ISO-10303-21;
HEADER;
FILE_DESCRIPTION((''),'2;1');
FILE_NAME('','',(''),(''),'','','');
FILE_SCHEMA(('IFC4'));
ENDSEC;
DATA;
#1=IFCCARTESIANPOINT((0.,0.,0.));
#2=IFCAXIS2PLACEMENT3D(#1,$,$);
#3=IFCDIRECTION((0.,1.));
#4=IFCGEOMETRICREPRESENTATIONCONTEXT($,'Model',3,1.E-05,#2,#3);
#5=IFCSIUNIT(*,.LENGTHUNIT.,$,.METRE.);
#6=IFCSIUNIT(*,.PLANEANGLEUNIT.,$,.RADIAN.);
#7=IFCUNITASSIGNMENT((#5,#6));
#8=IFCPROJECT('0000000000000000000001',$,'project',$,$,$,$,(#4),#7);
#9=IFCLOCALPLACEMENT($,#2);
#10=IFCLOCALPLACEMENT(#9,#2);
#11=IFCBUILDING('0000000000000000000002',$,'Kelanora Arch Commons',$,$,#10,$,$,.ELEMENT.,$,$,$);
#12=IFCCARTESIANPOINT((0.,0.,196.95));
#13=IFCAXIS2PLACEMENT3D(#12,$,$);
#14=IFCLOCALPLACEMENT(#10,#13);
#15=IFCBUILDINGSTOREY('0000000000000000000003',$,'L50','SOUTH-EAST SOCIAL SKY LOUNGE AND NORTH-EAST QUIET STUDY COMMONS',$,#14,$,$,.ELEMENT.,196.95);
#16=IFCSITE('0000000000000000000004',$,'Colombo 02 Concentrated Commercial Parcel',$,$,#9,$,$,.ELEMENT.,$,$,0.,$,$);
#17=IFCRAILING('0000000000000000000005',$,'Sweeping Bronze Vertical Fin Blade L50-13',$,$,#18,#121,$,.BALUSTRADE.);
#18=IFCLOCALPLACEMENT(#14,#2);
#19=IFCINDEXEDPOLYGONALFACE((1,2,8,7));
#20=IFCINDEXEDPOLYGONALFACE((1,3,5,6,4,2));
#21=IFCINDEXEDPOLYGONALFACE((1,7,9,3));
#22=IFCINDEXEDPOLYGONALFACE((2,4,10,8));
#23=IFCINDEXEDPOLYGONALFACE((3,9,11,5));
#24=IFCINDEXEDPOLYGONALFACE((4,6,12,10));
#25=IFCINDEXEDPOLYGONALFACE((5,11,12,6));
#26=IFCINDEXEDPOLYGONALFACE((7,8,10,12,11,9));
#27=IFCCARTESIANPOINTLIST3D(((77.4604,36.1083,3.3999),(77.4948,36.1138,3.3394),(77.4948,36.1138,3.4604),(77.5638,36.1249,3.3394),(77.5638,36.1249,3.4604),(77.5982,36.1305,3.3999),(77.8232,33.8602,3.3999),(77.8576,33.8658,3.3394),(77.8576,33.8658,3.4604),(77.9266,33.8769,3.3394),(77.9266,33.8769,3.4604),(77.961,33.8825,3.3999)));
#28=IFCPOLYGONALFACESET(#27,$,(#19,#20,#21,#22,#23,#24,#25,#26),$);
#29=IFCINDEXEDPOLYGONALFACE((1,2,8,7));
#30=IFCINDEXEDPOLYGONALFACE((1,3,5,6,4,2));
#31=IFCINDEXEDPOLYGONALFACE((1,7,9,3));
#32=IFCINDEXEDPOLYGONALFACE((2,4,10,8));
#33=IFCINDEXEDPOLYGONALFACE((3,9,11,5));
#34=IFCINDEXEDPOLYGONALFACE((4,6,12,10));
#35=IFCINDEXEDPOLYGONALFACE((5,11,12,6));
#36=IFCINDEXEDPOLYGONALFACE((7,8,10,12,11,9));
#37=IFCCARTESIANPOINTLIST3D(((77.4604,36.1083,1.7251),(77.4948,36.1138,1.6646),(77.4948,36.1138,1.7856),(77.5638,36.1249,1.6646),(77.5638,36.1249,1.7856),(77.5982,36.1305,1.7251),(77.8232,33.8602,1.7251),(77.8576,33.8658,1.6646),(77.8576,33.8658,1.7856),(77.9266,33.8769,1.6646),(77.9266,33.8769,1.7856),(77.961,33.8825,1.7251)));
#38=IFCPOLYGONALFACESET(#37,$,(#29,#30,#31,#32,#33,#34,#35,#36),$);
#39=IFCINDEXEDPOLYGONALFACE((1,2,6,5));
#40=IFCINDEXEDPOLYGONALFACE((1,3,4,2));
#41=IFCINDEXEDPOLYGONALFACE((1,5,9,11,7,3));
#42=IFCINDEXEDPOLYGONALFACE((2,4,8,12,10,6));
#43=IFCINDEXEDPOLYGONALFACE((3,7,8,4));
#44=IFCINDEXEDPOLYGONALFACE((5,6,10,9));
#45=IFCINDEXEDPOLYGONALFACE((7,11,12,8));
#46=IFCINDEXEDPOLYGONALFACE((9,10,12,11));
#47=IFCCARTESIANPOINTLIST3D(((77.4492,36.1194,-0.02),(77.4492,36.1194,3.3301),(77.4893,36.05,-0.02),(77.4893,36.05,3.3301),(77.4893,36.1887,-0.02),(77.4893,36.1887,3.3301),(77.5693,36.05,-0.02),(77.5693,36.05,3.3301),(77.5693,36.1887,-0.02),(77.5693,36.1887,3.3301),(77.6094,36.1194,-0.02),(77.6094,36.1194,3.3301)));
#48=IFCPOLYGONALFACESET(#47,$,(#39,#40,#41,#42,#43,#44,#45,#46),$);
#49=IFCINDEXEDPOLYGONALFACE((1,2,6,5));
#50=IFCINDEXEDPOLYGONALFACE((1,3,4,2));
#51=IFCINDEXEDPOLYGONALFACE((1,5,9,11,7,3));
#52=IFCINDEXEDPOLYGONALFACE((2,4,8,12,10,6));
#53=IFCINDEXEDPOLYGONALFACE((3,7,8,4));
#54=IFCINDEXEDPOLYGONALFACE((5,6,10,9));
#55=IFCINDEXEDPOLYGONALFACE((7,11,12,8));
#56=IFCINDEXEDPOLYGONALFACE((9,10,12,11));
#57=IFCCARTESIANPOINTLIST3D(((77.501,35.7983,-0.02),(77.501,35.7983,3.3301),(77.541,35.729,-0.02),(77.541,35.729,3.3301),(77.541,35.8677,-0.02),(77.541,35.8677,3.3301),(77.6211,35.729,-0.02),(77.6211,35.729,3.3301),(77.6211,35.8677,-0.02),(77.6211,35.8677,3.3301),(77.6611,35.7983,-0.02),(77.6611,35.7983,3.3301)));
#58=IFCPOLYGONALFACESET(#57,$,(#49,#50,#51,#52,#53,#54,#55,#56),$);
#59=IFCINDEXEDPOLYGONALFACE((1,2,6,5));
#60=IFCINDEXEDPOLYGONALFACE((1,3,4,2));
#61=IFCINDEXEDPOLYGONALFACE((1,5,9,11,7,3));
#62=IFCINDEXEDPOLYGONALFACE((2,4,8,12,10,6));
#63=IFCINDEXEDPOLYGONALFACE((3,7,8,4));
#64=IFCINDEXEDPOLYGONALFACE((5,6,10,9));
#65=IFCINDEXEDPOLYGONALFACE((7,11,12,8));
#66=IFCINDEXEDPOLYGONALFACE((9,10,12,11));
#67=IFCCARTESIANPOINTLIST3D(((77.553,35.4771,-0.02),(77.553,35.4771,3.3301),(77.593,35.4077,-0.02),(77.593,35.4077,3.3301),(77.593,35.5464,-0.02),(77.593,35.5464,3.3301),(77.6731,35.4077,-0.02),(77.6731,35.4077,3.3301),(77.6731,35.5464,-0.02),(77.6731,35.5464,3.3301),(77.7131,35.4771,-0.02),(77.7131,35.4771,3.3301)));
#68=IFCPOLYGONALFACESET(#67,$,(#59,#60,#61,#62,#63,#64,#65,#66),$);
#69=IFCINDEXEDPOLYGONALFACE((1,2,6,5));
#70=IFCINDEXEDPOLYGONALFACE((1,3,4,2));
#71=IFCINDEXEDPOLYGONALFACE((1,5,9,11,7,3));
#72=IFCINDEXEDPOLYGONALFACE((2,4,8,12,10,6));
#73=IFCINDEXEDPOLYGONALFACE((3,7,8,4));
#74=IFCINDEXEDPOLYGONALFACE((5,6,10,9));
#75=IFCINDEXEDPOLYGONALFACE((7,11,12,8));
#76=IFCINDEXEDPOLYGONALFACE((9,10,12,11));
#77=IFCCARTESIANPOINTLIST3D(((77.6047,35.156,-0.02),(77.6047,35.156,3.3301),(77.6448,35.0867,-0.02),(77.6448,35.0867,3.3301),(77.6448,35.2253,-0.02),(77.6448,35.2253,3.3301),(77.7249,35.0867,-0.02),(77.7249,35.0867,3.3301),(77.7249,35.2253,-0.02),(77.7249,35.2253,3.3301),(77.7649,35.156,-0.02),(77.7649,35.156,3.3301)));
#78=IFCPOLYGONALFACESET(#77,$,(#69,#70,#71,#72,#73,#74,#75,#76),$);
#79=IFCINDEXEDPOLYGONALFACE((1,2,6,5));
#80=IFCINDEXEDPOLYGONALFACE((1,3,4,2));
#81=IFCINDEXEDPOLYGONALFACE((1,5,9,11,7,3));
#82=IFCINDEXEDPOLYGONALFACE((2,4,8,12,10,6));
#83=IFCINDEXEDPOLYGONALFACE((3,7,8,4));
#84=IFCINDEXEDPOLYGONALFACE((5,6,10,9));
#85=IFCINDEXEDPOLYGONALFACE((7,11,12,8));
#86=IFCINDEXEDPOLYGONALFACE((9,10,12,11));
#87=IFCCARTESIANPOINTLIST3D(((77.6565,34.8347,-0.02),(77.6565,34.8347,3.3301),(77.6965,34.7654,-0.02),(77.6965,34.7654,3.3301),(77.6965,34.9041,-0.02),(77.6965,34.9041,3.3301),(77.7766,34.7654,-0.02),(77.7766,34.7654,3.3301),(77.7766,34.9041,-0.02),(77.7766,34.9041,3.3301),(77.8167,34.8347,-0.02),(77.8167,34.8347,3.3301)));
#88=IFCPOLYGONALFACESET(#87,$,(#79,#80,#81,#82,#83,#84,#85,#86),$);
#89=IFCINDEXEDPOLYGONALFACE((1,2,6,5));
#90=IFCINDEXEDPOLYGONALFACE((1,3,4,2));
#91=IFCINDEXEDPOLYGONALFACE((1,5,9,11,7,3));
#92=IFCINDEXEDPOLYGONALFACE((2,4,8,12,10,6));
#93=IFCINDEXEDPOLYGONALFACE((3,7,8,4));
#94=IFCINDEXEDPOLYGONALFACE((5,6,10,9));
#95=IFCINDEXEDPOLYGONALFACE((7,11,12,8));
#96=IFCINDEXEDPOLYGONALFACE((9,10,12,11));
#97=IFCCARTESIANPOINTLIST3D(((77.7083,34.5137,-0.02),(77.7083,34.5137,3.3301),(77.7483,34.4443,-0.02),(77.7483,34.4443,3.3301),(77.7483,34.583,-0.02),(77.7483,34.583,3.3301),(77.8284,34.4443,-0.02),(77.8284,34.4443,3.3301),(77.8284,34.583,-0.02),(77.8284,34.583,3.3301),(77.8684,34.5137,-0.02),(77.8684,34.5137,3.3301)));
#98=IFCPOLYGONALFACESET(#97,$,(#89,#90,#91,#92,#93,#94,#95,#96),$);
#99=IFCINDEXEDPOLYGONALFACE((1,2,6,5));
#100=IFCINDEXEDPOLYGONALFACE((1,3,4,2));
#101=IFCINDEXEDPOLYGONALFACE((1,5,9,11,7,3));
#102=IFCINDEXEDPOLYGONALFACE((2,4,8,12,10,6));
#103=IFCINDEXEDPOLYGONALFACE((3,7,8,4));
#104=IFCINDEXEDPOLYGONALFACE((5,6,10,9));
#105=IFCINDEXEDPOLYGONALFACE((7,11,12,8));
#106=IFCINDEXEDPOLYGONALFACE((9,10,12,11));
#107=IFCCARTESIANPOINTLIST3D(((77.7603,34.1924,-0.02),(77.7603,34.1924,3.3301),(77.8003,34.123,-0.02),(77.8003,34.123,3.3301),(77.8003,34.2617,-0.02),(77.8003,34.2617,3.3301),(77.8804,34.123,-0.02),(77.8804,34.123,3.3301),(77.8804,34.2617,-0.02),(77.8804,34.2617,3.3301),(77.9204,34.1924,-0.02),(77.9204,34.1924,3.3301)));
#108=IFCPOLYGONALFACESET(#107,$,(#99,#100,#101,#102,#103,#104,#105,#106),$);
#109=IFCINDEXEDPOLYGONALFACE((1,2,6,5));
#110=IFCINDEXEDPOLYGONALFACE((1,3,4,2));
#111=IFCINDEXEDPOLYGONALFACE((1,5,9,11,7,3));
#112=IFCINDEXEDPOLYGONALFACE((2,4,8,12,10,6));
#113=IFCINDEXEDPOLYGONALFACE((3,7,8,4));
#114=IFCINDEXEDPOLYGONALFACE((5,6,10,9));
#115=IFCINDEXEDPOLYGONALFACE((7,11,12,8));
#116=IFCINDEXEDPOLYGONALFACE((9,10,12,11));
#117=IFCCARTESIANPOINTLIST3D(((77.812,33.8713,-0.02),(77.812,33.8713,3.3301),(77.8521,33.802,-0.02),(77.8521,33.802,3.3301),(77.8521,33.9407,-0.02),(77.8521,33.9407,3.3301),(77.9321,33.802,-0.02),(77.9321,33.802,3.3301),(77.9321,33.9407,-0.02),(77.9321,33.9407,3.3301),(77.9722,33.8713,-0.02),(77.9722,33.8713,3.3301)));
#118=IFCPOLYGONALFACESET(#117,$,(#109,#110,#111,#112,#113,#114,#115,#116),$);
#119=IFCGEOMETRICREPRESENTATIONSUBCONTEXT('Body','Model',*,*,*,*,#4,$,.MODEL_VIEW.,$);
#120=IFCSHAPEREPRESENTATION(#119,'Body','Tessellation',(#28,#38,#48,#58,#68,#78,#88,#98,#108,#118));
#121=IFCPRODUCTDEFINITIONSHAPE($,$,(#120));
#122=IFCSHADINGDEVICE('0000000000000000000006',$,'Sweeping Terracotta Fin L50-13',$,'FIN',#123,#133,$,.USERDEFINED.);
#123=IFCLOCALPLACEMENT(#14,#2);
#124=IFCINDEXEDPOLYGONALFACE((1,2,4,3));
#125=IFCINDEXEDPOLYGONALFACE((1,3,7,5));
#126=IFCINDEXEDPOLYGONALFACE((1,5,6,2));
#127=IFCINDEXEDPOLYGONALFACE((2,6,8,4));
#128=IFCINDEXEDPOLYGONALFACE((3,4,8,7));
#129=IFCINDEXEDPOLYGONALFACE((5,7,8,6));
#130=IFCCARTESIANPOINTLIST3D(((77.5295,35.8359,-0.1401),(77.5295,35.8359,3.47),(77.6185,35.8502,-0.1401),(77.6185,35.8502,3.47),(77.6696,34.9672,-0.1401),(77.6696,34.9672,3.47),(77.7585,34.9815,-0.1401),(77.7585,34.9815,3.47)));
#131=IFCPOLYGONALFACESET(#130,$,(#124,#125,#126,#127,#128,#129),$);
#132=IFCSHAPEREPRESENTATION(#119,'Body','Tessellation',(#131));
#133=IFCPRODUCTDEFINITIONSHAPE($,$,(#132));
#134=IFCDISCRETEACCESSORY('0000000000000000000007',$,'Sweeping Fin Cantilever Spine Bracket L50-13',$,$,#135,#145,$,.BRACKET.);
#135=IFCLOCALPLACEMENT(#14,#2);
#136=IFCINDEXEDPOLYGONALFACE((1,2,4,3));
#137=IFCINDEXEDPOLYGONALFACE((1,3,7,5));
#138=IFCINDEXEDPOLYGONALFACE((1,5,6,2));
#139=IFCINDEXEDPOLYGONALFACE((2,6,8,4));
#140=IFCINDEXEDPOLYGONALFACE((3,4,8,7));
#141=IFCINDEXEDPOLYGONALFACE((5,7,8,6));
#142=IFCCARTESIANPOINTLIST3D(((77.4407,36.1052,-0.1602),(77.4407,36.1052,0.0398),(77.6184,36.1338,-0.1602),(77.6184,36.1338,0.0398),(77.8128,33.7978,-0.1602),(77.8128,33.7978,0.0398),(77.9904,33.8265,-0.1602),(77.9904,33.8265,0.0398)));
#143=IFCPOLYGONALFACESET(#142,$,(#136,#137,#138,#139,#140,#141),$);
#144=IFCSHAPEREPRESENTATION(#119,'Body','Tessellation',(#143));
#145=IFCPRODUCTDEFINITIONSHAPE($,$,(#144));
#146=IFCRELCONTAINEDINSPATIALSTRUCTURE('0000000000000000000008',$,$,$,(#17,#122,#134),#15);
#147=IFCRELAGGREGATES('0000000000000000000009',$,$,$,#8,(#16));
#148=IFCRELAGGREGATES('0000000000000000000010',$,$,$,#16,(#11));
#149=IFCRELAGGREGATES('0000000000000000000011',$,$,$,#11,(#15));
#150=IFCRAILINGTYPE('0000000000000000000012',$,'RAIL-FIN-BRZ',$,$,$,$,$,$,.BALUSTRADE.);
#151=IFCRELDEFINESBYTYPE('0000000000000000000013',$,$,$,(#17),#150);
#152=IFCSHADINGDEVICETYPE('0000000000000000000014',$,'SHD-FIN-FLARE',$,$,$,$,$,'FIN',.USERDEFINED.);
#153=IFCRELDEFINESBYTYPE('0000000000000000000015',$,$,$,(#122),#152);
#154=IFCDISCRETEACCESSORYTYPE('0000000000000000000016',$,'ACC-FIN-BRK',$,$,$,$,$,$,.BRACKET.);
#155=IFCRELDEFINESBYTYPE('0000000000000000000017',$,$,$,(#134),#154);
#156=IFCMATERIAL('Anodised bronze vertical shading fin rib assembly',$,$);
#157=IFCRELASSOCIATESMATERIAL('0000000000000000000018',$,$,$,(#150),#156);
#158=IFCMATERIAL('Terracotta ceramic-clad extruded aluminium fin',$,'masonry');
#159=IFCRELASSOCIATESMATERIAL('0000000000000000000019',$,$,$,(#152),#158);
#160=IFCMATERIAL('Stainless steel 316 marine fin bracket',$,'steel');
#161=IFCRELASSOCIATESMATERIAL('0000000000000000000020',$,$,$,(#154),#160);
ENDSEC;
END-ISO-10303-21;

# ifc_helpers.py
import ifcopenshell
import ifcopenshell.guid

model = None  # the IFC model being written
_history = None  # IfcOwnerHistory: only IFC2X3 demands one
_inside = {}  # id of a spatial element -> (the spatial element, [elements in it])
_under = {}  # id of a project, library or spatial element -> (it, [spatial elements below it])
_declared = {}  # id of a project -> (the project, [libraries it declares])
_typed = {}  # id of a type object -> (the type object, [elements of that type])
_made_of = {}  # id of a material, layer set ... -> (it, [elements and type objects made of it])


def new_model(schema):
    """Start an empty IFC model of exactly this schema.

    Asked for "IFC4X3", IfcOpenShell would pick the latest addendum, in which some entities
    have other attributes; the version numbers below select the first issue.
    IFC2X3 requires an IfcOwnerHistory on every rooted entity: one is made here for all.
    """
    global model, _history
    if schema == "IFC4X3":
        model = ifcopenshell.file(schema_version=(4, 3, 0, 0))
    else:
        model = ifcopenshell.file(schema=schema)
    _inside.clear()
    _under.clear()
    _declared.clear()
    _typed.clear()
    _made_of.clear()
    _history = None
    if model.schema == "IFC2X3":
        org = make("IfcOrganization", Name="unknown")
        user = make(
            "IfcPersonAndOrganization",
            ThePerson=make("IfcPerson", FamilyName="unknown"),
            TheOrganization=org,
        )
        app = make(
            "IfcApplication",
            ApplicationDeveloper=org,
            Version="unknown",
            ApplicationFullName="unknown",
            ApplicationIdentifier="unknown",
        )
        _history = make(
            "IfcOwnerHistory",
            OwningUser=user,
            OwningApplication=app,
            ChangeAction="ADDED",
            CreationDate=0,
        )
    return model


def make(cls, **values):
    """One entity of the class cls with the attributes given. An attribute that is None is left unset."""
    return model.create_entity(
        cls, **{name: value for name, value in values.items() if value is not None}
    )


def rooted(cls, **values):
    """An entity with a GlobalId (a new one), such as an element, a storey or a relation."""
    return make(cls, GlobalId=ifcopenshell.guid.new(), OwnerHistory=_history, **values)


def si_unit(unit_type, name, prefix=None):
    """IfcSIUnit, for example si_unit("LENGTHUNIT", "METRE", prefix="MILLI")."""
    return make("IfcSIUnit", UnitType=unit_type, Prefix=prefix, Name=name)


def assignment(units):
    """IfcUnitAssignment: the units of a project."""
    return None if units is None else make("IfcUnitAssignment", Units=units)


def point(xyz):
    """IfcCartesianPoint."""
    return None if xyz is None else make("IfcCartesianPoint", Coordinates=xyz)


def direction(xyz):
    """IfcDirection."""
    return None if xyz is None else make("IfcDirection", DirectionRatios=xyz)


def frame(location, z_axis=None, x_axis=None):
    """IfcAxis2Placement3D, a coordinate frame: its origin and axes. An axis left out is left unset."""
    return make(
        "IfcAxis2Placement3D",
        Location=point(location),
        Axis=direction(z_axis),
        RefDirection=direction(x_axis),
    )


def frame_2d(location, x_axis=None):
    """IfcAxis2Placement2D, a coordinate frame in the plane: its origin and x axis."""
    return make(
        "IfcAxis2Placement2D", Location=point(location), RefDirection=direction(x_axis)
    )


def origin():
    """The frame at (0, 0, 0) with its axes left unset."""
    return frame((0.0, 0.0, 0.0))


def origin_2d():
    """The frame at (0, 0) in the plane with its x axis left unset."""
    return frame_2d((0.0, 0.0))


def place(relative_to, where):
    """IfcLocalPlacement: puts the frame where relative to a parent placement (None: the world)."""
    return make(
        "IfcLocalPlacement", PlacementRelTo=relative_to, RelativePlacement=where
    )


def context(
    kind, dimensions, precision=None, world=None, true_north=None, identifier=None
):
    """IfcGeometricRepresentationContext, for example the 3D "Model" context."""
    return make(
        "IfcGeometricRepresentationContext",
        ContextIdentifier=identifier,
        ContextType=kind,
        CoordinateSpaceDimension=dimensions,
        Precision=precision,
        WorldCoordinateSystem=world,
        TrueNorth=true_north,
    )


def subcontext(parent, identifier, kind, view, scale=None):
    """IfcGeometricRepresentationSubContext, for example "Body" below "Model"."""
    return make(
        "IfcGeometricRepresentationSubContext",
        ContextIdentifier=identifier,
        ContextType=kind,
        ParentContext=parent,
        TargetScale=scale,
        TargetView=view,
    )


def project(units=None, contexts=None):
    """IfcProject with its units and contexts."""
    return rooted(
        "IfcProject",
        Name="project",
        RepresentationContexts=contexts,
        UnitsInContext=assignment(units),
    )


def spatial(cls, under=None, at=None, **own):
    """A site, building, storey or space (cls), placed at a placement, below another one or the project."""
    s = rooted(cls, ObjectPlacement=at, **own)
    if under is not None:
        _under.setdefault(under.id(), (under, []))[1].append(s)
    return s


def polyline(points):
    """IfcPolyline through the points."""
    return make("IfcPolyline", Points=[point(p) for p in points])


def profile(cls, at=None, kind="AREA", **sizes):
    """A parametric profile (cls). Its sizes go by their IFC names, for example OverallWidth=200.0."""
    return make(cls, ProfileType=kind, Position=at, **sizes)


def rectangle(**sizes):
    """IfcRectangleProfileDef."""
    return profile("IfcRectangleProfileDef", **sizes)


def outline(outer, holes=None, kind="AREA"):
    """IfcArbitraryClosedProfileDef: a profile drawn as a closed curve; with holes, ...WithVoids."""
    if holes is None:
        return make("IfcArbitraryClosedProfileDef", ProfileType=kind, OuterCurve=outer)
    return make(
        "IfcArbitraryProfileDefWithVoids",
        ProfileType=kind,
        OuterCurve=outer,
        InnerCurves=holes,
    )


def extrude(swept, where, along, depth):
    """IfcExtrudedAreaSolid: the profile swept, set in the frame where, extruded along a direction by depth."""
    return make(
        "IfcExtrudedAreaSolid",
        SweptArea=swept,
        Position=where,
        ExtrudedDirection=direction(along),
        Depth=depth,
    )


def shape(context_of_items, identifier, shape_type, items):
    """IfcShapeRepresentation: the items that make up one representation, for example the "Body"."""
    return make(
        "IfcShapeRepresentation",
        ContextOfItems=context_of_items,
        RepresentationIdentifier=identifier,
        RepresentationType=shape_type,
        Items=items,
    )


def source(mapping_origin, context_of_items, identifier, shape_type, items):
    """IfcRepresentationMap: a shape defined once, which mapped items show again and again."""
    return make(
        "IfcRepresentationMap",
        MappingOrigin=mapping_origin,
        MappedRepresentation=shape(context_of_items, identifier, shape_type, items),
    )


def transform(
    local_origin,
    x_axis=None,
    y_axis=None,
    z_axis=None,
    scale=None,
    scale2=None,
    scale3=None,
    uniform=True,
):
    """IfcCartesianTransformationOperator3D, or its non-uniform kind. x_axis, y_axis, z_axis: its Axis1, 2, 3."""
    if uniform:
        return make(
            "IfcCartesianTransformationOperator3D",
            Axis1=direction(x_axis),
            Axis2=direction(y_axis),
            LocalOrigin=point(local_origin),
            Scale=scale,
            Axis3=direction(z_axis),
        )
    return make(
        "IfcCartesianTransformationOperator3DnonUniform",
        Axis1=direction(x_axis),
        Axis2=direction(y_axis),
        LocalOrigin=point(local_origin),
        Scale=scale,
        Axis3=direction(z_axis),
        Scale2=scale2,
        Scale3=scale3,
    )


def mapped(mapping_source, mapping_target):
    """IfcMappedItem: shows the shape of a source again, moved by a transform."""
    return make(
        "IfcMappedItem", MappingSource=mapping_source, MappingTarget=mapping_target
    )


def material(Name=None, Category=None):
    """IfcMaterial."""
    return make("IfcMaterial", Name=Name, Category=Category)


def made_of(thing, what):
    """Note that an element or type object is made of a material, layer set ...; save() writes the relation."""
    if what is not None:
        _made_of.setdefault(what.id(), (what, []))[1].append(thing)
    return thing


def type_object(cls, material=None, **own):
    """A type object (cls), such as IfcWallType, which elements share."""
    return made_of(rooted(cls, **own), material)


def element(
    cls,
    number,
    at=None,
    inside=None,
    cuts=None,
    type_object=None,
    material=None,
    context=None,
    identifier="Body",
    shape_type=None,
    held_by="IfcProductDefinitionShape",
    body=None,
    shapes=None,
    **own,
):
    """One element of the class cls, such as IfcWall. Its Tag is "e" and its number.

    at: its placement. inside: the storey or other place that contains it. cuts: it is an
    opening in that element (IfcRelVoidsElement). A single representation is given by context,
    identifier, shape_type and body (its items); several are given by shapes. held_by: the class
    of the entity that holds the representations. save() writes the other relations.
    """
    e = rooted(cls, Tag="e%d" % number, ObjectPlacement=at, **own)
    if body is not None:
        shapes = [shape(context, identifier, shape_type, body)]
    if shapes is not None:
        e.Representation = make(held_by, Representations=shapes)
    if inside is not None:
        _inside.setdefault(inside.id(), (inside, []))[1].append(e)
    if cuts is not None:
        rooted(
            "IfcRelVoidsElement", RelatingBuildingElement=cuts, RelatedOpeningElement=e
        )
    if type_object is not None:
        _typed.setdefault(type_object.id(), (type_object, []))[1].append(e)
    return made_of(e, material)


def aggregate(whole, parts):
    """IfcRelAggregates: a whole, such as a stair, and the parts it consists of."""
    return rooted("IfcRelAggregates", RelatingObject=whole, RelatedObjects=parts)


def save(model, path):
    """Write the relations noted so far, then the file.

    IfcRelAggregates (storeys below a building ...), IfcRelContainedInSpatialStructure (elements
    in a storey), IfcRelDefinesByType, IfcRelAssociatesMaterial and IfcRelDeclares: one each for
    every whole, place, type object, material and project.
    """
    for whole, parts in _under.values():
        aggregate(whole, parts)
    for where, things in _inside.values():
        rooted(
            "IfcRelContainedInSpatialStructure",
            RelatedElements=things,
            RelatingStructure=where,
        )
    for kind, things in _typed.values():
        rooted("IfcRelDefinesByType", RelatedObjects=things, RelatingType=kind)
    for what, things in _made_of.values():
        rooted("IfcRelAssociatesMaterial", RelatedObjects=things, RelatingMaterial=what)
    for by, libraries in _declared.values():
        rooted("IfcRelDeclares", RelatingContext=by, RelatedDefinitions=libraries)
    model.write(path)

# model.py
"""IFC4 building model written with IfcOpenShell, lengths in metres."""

from ifc_helpers import new_model, si_unit, direction, frame, origin, origin_2d, place, context, subcontext, project, spatial, polyline, rectangle, outline, extrude, source, transform, mapped, material, type_object, element, save


model = new_model("IFC4")

# Units and contexts
model_context = context("Model", 3, precision=1e-05, world=origin(), true_north=direction((0.0, 1.0)))
body_context = subcontext(model_context, "Body", "Model", "MODEL_VIEW")
ifc_project = project(units=[si_unit("LENGTHUNIT", "METRE"), si_unit("PLANEANGLEUNIT", "RADIAN")], contexts=[model_context])

# Site, building, storey
site_placement = place(None, origin())
site = spatial("IfcSite", under=ifc_project, at=site_placement, Name="Colombo 02 Concentrated Commercial Parcel", CompositionType="ELEMENT", RefElevation=0.0)
building_placement = place(site_placement, origin())
building = spatial("IfcBuilding", under=site, at=building_placement, Name="Kelanora Arch Commons", CompositionType="ELEMENT")
storey_placement = place(building_placement, frame((0.0, 0.0, 196.95)))
storey = spatial("IfcBuildingStorey", under=building, at=storey_placement, Name="L50", Description="SOUTH-EAST SOCIAL SKY LOUNGE AND NORTH-EAST QUIET STUDY COMMONS", CompositionType="ELEMENT", Elevation=196.95)

# Railing
ifc_material_1 = material(Name="Anodised bronze vertical shading fin rib assembly")
railing_type = type_object("IfcRailingType", Name="RAIL-FIN-BRZ", PredefinedType="BALUSTRADE", material=ifc_material_1)
railing_placement = place(storey_placement, frame((77.5293, 36.1194, -0.02)))
element("IfcRailing", 1, at=railing_placement, inside=storey, type_object=railing_type, Name="Sweeping Bronze Vertical Fin Blade L50-13", PredefinedType="BALUSTRADE", context=body_context, shape_type="SweptSolid", body=[
    extrude(outline(polyline([(0.0698, 0.0), (0.0349, 0.0605), (-0.0349, 0.0605), (-0.0698, 0.0), (-0.0349, -0.0605), (0.0349, -0.0605), (0.0698, 0.0)])), frame((0.0, 0.0, 3.4199), z_axis=(0.15932, -0.987227, 0.0), x_axis=(0.987227, 0.15932, 0.0)), (0.0, 0.0, 1.0), 2.2771),
    extrude(outline(polyline([(0.0698, 0.0), (0.0349, 0.0605), (-0.0349, 0.0605), (-0.0698, 0.0), (-0.0349, -0.0605), (0.0349, -0.0605), (0.0698, 0.0)])), frame((0.0, 0.0, 1.7451), z_axis=(0.15932, -0.987227, 0.0), x_axis=(0.987227, 0.15932, 0.0)), (0.0, 0.0, 1.0), 2.2771),
    extrude(outline(polyline([(0.0801, 0.0), (0.04, 0.0693), (-0.04, 0.0693), (-0.0801, 0.0), (-0.04, -0.0693), (0.04, -0.0693), (0.0801, 0.0)])), origin(), (0.0, 0.0, 1.0), 3.3501),
    extrude(outline(polyline([(0.0801, 0.0), (0.04, 0.0693), (-0.04, 0.0693), (-0.0801, 0.0), (-0.04, -0.0693), (0.04, -0.0693), (0.0801, 0.0)])), frame((0.0518, -0.321, 0.0)), (0.0, 0.0, 1.0), 3.3501),
    extrude(outline(polyline([(0.0801, 0.0), (0.04, 0.0693), (-0.04, 0.0693), (-0.0801, 0.0), (-0.04, -0.0693), (0.04, -0.0693), (0.0801, 0.0)])), frame((0.1038, -0.6423, 0.0)), (0.0, 0.0, 1.0), 3.3501),
    extrude(outline(polyline([(0.0801, 0.0), (0.04, 0.0693), (-0.04, 0.0693), (-0.0801, 0.0), (-0.04, -0.0693), (0.04, -0.0693), (0.0801, 0.0)])), frame((0.1555, -0.9634, 0.0)), (0.0, 0.0, 1.0), 3.3501),
    extrude(outline(polyline([(0.0801, 0.0), (0.04, 0.0693), (-0.04, 0.0693), (-0.0801, 0.0), (-0.04, -0.0693), (0.04, -0.0693), (0.0801, 0.0)])), frame((0.2073, -1.2847, 0.0)), (0.0, 0.0, 1.0), 3.3501),
    extrude(outline(polyline([(0.0801, 0.0), (0.04, 0.0693), (-0.04, 0.0693), (-0.0801, 0.0), (-0.04, -0.0693), (0.04, -0.0693), (0.0801, 0.0)])), frame((0.259, -1.6057, 0.0)), (0.0, 0.0, 1.0), 3.3501),
    extrude(outline(polyline([(0.0801, 0.0), (0.04, 0.0693), (-0.04, 0.0693), (-0.0801, 0.0), (-0.04, -0.0693), (0.04, -0.0693), (0.0801, 0.0)])), frame((0.311, -1.927, 0.0)), (0.0, 0.0, 1.0), 3.3501),
    extrude(outline(polyline([(0.0801, 0.0), (0.04, 0.0693), (-0.04, 0.0693), (-0.0801, 0.0), (-0.04, -0.0693), (0.04, -0.0693), (0.0801, 0.0)])), frame((0.3628, -2.248, 0.0)), (0.0, 0.0, 1.0), 3.3501),
])

# Shading device
ifc_material_2 = material(Name="Terracotta ceramic-clad extruded aluminium fin", Category="masonry")
shading_device_type = type_object("IfcShadingDeviceType", Name="SHD-FIN-FLARE", ElementType="FIN", PredefinedType="USERDEFINED", material=ifc_material_2)
shared_shape_1 = source(origin(), body_context, "Body", "SweptSolid", [
    extrude(rectangle(XDim=0.8799, YDim=0.0901, at=origin_2d()), origin(), (0.0, 0.0, 1.0), 3.6101),
])
shading_device_placement = place(storey_placement, frame((77.644, 35.4087, -0.1401), z_axis=(0.0, 0.0, 1.0), x_axis=(0.159192, -0.987248, 0.0)))
element("IfcShadingDevice", 2, at=shading_device_placement, inside=storey, type_object=shading_device_type, Name="Sweeping Terracotta Fin L50-13", ObjectType="FIN", PredefinedType="USERDEFINED", context=body_context, shape_type="MappedRepresentation", body=[
    mapped(shared_shape_1, transform((0.0, 0.0, 0.0), scale=1.0)),
])

# Discrete accessory
ifc_material_3 = material(Name="Stainless steel 316 marine fin bracket", Category="steel")
discrete_accessory_type = type_object("IfcDiscreteAccessoryType", Name="ACC-FIN-BRK", PredefinedType="BRACKET", material=ifc_material_3)
shared_shape_2 = source(origin(), body_context, "Body", "SweptSolid", [
    extrude(rectangle(XDim=2.3372, YDim=0.1799, at=origin_2d()), origin(), (0.0, 0.0, 1.0), 0.2),
])
discrete_accessory_placement = place(storey_placement, frame((77.7156, 34.9658, -0.1602), z_axis=(0.0, 0.0, 1.0), x_axis=(0.159192, -0.987248, 0.0)))
element("IfcDiscreteAccessory", 3, at=discrete_accessory_placement, inside=storey, type_object=discrete_accessory_type, Name="Sweeping Fin Cantilever Spine Bracket L50-13", PredefinedType="BRACKET", context=body_context, shape_type="MappedRepresentation", body=[
    mapped(shared_shape_2, transform((0.0, 0.0, 0.0), scale=1.0)),
])

save(model, "model.ifc")
